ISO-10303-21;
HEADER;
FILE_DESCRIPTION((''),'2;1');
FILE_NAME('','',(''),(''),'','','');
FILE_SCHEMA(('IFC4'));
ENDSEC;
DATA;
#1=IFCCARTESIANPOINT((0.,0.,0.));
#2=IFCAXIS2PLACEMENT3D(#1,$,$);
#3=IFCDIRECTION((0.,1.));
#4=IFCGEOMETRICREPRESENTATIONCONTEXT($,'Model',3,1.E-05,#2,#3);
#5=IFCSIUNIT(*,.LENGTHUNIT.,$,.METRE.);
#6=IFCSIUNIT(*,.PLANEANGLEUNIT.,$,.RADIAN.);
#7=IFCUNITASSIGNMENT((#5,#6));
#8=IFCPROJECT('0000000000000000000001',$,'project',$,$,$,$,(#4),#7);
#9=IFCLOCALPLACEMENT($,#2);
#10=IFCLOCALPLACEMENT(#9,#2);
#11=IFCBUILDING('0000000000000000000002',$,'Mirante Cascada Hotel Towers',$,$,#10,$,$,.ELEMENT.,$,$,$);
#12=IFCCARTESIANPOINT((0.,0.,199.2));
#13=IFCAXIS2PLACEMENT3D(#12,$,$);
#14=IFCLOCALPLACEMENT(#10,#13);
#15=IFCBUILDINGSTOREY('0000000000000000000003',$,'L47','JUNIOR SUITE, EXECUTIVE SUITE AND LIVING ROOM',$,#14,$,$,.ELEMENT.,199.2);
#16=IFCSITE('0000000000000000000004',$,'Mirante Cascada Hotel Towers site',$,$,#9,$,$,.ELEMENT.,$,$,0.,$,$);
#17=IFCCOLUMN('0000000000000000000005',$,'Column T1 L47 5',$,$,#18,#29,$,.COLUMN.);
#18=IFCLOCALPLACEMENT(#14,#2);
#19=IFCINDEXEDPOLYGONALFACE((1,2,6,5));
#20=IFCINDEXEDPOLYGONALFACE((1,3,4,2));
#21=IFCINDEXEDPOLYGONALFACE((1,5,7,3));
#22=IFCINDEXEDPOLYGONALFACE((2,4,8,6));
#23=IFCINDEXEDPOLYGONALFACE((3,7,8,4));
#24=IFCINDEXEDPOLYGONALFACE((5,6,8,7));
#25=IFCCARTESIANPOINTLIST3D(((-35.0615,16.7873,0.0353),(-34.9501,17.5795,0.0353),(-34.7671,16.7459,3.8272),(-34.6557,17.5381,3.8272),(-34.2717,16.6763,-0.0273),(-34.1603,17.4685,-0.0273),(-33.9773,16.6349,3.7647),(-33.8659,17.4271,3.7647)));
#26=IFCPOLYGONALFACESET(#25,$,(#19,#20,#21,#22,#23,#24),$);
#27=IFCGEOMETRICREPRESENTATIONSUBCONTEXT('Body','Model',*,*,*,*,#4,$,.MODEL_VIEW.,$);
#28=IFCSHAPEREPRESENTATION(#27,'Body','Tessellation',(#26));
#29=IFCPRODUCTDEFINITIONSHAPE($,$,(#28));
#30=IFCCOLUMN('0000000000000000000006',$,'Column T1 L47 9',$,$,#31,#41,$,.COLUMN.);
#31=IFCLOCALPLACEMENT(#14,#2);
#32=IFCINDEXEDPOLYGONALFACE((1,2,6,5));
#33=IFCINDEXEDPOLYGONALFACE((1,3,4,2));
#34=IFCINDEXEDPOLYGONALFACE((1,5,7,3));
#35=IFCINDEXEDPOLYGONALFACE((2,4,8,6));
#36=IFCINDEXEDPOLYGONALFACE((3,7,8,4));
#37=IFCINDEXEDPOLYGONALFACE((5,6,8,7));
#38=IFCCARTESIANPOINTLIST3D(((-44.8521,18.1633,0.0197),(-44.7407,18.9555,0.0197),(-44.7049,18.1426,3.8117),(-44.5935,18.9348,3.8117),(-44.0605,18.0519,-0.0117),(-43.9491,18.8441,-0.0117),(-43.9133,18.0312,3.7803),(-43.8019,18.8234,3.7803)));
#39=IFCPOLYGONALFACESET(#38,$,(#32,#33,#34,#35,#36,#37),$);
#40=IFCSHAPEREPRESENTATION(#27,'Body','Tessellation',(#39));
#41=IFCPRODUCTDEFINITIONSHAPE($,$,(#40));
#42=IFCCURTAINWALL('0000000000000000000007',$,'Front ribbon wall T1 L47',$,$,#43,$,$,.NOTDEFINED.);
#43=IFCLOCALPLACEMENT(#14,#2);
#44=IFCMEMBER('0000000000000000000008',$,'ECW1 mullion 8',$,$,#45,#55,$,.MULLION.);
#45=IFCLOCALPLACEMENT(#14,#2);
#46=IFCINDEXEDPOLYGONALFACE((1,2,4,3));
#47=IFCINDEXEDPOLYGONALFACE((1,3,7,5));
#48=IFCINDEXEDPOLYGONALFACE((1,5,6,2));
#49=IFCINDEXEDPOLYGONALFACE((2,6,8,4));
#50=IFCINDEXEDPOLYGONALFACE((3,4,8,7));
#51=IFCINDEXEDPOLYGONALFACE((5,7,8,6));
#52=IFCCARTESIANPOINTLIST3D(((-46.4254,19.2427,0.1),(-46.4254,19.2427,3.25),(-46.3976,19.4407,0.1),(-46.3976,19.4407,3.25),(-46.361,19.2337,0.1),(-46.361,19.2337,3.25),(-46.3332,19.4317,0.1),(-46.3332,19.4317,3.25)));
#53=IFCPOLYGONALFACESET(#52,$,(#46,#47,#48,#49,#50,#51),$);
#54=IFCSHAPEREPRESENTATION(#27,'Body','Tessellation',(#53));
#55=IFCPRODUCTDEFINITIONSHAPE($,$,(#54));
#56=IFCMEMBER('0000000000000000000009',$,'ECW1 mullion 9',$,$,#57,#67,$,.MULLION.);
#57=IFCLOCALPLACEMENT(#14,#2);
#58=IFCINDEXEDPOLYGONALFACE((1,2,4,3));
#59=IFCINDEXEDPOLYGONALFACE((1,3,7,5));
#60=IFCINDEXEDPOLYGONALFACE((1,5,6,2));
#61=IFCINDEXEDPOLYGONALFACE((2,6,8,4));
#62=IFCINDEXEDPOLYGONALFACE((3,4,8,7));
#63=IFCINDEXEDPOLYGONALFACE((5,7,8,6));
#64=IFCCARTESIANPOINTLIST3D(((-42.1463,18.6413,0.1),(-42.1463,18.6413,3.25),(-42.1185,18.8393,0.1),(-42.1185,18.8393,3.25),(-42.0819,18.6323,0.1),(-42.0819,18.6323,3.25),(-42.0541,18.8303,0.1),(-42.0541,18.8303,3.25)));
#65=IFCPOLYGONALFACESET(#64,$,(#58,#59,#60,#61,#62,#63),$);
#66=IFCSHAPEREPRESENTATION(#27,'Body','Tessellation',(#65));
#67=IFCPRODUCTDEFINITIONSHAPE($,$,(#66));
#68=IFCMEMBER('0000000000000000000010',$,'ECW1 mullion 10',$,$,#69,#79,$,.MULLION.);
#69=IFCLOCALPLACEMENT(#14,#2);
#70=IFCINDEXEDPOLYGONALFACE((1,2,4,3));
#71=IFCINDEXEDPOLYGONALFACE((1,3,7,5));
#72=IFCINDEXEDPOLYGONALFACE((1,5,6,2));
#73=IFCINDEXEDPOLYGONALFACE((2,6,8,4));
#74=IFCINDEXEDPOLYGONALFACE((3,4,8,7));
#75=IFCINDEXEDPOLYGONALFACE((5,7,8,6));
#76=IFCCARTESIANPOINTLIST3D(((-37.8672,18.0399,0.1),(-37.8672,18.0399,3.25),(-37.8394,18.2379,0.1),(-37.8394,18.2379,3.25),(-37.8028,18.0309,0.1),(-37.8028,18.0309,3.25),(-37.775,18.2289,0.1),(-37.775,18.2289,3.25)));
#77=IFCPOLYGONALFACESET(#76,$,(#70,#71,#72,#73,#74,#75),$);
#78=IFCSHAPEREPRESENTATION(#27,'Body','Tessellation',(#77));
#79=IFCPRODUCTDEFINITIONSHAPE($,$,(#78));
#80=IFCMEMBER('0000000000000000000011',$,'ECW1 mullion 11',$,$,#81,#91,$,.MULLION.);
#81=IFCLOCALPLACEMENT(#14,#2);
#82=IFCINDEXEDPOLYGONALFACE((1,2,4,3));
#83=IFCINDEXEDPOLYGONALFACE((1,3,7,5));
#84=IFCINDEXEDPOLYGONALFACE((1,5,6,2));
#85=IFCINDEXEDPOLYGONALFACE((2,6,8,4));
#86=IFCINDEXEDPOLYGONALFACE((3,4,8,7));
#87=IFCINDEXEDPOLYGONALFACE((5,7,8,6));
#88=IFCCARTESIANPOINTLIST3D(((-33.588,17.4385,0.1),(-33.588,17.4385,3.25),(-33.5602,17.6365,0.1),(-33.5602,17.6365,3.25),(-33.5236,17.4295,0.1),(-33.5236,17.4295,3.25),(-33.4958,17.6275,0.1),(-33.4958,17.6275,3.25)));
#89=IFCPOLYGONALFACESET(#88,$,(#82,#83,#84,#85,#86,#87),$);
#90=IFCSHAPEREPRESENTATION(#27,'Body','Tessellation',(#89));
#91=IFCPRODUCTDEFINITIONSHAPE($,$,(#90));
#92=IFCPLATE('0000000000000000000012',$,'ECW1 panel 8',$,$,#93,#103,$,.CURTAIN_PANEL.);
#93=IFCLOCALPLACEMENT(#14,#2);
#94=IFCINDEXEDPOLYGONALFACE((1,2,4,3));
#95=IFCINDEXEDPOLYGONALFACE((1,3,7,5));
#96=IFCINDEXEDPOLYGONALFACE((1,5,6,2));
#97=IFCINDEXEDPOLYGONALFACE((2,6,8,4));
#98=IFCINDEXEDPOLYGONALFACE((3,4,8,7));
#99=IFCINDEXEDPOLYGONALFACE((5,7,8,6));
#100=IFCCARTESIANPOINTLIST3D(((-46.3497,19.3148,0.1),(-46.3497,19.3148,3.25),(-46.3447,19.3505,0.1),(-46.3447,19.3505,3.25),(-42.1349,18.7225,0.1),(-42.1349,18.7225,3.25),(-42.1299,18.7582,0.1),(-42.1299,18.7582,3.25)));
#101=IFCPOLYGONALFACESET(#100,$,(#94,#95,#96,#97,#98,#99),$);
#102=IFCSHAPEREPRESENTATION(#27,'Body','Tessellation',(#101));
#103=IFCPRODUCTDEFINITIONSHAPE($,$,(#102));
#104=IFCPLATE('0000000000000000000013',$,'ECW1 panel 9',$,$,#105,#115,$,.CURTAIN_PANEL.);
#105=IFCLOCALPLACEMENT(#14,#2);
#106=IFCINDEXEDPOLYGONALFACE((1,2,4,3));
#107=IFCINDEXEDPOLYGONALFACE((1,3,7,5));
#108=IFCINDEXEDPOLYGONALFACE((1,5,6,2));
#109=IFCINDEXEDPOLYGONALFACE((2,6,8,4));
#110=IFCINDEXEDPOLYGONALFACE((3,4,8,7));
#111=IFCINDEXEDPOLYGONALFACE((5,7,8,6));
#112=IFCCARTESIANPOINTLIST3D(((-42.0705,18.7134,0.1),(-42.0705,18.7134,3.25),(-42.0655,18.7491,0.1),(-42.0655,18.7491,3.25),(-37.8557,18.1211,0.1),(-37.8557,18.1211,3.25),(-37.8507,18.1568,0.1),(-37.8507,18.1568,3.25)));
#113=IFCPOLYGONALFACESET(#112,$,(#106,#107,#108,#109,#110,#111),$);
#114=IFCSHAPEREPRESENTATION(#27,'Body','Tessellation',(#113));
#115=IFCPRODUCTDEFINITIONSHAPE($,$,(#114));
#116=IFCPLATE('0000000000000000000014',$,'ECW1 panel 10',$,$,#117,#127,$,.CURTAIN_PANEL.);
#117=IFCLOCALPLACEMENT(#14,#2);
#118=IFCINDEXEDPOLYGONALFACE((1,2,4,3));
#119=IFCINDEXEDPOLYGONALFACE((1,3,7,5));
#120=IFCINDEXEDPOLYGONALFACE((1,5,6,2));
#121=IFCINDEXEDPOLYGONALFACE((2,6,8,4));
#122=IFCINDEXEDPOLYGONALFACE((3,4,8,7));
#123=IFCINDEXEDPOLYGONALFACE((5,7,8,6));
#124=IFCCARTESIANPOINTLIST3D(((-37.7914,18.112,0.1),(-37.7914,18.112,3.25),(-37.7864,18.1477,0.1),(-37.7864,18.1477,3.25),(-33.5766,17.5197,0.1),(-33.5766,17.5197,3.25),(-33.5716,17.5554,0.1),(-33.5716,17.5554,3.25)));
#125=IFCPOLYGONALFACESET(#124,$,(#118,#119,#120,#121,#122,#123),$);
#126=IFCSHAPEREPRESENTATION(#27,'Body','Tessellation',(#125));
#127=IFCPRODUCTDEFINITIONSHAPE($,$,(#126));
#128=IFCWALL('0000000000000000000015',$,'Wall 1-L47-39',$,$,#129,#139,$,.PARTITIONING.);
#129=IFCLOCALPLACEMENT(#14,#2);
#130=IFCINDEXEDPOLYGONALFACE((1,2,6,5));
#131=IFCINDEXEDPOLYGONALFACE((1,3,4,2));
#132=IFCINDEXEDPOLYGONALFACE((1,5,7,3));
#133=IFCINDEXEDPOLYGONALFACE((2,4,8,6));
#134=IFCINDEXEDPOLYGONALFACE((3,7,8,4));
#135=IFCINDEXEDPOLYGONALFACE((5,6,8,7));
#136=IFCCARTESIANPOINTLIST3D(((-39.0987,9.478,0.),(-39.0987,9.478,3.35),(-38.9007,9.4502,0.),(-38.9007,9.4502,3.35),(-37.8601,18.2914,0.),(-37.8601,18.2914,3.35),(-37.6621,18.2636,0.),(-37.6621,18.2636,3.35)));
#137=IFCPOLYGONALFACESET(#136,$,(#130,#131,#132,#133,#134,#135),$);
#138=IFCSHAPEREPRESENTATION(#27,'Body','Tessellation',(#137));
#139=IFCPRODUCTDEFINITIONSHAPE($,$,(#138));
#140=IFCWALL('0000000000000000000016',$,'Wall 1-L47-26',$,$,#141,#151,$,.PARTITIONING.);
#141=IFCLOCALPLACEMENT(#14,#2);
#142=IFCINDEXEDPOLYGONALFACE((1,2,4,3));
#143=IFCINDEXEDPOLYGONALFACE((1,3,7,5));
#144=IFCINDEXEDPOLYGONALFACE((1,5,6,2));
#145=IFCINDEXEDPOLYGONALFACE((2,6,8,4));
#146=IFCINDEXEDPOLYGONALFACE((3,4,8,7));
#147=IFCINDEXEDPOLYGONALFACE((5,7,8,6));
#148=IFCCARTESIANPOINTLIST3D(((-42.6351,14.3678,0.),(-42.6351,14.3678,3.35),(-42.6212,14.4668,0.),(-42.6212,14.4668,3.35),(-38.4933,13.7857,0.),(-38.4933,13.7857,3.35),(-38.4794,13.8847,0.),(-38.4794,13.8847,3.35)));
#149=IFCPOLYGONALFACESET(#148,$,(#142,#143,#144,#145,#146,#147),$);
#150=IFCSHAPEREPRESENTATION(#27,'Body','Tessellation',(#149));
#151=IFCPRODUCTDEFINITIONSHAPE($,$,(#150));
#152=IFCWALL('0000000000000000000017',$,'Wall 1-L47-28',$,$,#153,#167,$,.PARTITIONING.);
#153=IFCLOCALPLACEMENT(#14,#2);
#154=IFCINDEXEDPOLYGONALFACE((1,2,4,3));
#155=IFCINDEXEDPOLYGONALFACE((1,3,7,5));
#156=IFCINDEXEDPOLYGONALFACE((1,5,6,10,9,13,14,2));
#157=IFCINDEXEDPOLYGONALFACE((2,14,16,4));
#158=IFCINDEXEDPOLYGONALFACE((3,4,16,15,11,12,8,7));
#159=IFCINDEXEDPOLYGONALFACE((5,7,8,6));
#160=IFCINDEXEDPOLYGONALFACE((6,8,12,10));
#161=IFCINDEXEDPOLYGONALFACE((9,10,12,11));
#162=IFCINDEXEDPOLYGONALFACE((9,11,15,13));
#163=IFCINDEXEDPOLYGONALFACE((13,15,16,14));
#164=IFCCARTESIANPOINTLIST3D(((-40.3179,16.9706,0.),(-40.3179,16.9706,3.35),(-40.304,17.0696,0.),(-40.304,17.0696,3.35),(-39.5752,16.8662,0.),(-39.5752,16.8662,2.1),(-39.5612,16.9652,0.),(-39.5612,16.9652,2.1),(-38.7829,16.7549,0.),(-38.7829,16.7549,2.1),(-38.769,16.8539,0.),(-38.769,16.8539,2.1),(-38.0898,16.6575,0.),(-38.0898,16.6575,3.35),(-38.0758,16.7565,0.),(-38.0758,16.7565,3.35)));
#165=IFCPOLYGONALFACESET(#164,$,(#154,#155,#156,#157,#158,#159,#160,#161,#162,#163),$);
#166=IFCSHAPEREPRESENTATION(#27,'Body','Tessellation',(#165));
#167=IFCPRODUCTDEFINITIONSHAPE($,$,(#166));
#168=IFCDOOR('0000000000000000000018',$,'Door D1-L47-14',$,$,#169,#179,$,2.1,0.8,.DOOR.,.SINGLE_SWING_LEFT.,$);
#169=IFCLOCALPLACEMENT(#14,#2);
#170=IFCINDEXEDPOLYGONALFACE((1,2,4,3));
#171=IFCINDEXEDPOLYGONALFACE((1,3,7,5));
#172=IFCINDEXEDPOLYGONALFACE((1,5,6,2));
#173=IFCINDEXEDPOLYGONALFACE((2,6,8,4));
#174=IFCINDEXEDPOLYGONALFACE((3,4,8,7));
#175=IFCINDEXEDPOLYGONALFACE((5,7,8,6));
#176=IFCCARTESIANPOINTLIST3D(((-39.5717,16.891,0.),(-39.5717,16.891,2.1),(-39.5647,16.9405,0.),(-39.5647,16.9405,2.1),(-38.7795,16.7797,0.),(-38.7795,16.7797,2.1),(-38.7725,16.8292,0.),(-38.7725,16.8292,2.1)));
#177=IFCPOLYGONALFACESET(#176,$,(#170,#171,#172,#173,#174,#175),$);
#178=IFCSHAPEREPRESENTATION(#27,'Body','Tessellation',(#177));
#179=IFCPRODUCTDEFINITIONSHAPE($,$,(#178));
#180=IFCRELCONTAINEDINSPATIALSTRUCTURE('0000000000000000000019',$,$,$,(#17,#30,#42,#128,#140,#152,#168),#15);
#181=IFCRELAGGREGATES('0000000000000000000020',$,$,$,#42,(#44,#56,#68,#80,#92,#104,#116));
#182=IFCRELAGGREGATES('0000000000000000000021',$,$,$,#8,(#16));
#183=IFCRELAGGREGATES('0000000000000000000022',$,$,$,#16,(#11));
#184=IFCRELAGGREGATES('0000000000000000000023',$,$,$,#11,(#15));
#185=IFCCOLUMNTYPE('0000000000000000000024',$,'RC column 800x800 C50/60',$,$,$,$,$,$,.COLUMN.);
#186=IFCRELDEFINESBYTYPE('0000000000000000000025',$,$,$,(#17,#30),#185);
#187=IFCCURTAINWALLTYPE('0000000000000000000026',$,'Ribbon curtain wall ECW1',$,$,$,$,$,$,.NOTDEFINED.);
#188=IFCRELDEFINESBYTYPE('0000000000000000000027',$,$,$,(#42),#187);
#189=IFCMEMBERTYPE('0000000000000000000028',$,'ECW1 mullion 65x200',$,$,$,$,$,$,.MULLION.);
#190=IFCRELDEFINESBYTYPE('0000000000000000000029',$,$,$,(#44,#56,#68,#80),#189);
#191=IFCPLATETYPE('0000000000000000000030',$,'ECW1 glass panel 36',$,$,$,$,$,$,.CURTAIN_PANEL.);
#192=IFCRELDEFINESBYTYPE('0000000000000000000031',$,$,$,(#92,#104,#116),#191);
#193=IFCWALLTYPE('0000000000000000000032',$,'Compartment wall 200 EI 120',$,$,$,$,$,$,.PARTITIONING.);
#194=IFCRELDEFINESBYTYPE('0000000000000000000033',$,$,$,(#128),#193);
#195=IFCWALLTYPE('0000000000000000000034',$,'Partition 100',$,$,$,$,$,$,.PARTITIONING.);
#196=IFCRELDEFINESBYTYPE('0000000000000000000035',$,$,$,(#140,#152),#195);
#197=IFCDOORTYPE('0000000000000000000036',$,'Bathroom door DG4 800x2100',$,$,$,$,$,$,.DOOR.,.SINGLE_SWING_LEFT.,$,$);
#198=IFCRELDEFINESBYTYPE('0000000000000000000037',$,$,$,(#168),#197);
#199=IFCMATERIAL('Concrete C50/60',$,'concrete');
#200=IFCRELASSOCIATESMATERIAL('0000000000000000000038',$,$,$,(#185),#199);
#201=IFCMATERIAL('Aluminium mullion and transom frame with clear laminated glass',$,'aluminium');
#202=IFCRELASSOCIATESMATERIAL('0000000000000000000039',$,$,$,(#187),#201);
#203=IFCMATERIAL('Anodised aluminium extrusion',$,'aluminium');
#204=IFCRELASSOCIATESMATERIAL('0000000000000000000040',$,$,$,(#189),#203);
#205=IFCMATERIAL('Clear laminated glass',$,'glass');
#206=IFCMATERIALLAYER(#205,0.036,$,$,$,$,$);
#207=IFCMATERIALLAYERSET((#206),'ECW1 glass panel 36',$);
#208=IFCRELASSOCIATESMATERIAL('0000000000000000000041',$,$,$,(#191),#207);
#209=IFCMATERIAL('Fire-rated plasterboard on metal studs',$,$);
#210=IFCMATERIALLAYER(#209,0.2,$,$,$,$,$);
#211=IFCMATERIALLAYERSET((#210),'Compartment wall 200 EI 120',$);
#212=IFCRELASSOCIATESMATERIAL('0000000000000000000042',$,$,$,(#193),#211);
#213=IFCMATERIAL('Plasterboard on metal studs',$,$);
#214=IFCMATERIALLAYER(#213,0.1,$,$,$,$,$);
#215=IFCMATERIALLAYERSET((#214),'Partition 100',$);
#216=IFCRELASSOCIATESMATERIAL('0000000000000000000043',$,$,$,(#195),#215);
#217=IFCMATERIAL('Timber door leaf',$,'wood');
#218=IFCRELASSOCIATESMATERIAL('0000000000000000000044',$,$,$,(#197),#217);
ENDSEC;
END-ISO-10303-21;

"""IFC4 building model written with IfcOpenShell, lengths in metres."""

from ifc_helpers import new_model, si_unit, direction, frame, frame_2d, origin, origin_2d, place, context, subcontext, project, spatial, rectangle, extrude, material, layer, layer_set, material_profile, profile_set, type_object, element, fill, aggregate, save


model = new_model("IFC4")

# Units and contexts
model_context = context("Model", 3, precision=1e-05, world=origin(), true_north=direction((0.0, 1.0)))
body_context = subcontext(model_context, "Body", "Model", "MODEL_VIEW")
ifc_project = project(units=[si_unit("LENGTHUNIT", "METRE"), si_unit("PLANEANGLEUNIT", "RADIAN")], contexts=[model_context])

# Site, building, storey
site_placement = place(None, origin())
site = spatial("IfcSite", under=ifc_project, at=site_placement, Name="Mirante Cascada Hotel Towers site", CompositionType="ELEMENT", RefElevation=0.0)
building_placement = place(site_placement, origin())
building = spatial("IfcBuilding", under=site, at=building_placement, Name="Mirante Cascada Hotel Towers", CompositionType="ELEMENT")
storey_placement = place(building_placement, frame((0.0, 0.0, 199.2)))
storey = spatial("IfcBuildingStorey", under=building, at=storey_placement, Name="L47", Description="JUNIOR SUITE, EXECUTIVE SUITE AND LIVING ROOM", CompositionType="ELEMENT", Elevation=199.2)

# Columns
ifc_material_1 = material(Name="Concrete C50/60", Category="concrete")
ifc_material_profile_1 = material_profile(ifc_material_1, rectangle(XDim=0.8, YDim=0.8, at=origin_2d()), Name="RC column 800x800 C50/60")
ifc_profile_set_1 = profile_set([ifc_material_profile_1], Name="Concrete C50/60")
column_type = type_object("IfcColumnType", Name="RC column 800x800 C50/60", PredefinedType="COLUMN", material=ifc_profile_set_1)
column_1_placement = place(storey_placement, frame((-34.6109, 17.1279, 0.004), z_axis=(0.0774, -0.010884, 0.996941), x_axis=(0.139255, 0.990257, 0.0)))
element("IfcColumn", 1, at=column_1_placement, inside=storey, type_object=column_type, Name="Column T1 L47 5", PredefinedType="COLUMN", context=body_context, shape_type="SweptSolid", body=[
    extrude(rectangle(XDim=0.8, YDim=0.8, at=origin_2d()), origin(), (0.0, 0.0, 1.0), 3.8036),
])
column_2_placement = place(storey_placement, frame((-44.4006, 18.5037, 0.004), z_axis=(0.038789, -0.005455, 0.999232), x_axis=(0.139255, 0.990257, 0.0)))
element("IfcColumn", 2, at=column_2_placement, inside=storey, type_object=column_type, Name="Column T1 L47 9", PredefinedType="COLUMN", context=body_context, shape_type="SweptSolid", body=[
    extrude(rectangle(XDim=0.8, YDim=0.8, at=origin_2d()), origin(), (0.0, 0.0, 1.0), 3.7949),
])

# Curtain wall, members, plates
ifc_material_2 = material(Name="Aluminium mullion and transom frame with clear laminated glass", Category="aluminium")
curtain_wall_type = type_object("IfcCurtainWallType", Name="Ribbon curtain wall ECW1", PredefinedType="NOTDEFINED", material=ifc_material_2)
curtain_wall_placement = place(storey_placement, origin())
curtain_wall = element("IfcCurtainWall", 3, at=curtain_wall_placement, inside=storey, type_object=curtain_wall_type, Name="Front ribbon wall T1 L47", PredefinedType="NOTDEFINED")
ifc_material_3 = material(Name="Anodised aluminium extrusion", Category="aluminium")
ifc_material_profile_2 = material_profile(ifc_material_3, rectangle(XDim=0.2, YDim=0.065, at=origin_2d()), Name="ECW1 MULLION 65x200")
ifc_profile_set_2 = profile_set([ifc_material_profile_2], Name="Anodised aluminium extrusion")
member_type = type_object("IfcMemberType", Name="ECW1 mullion 65x200", PredefinedType="MULLION", material=ifc_profile_set_2)
member_1_placement = place(storey_placement, frame((-46.3793, 19.3372, 0.1), z_axis=(0.0, 0.0, 1.0), x_axis=(0.139173, 0.990268, 0.0)))
member_1 = element("IfcMember", 4, at=member_1_placement, type_object=member_type, Name="ECW1 mullion 8", PredefinedType="MULLION", context=body_context, shape_type="SweptSolid", body=[
    extrude(rectangle(XDim=0.2, YDim=0.065, at=origin_2d()), origin(), (0.0, 0.0, 1.0), 3.15),
])
member_2_placement = place(storey_placement, frame((-42.1002, 18.7358, 0.1), z_axis=(0.0, 0.0, 1.0), x_axis=(0.139173, 0.990268, 0.0)))
member_2 = element("IfcMember", 5, at=member_2_placement, type_object=member_type, Name="ECW1 mullion 9", PredefinedType="MULLION", context=body_context, shape_type="SweptSolid", body=[
    extrude(rectangle(XDim=0.2, YDim=0.065, at=origin_2d()), origin(), (0.0, 0.0, 1.0), 3.15),
])
member_3_placement = place(storey_placement, frame((-37.8211, 18.1344, 0.1), z_axis=(0.0, 0.0, 1.0), x_axis=(0.139173, 0.990268, 0.0)))
member_3 = element("IfcMember", 6, at=member_3_placement, type_object=member_type, Name="ECW1 mullion 10", PredefinedType="MULLION", context=body_context, shape_type="SweptSolid", body=[
    extrude(rectangle(XDim=0.2, YDim=0.065, at=origin_2d()), origin(), (0.0, 0.0, 1.0), 3.15),
])
member_4_placement = place(storey_placement, frame((-33.5419, 17.533, 0.1), z_axis=(0.0, 0.0, 1.0), x_axis=(0.139173, 0.990268, 0.0)))
member_4 = element("IfcMember", 7, at=member_4_placement, type_object=member_type, Name="ECW1 mullion 11", PredefinedType="MULLION", context=body_context, shape_type="SweptSolid", body=[
    extrude(rectangle(XDim=0.2, YDim=0.065, at=origin_2d()), origin(), (0.0, 0.0, 1.0), 3.15),
])
ifc_material_4 = material(Name="Clear laminated glass", Category="glass")
ifc_layer_1 = layer(ifc_material_4, 0.036)
ifc_layer_set_1 = layer_set([ifc_layer_1], Name="ECW1 glass panel 36")
plate_type = type_object("IfcPlateType", Name="ECW1 glass panel 36", PredefinedType="CURTAIN_PANEL", material=ifc_layer_set_1)
plate_1_placement = place(storey_placement, frame((-44.2398, 19.0365, 0.1), z_axis=(0.0, 0.0, 1.0), x_axis=(0.990268, -0.139173, 0.0)))
plate_1 = element("IfcPlate", 8, at=plate_1_placement, type_object=plate_type, Name="ECW1 panel 8", PredefinedType="CURTAIN_PANEL", context=body_context, shape_type="SweptSolid", body=[
    extrude(rectangle(XDim=4.2562, YDim=0.036, at=origin_2d()), origin(), (0.0, 0.0, 1.0), 3.15),
])
plate_2_placement = place(storey_placement, frame((-39.9606, 18.4351, 0.1), z_axis=(0.0, 0.0, 1.0), x_axis=(0.990268, -0.139173, 0.0)))
plate_2 = element("IfcPlate", 9, at=plate_2_placement, type_object=plate_type, Name="ECW1 panel 9", PredefinedType="CURTAIN_PANEL", context=body_context, shape_type="SweptSolid", body=[
    extrude(rectangle(XDim=4.2562, YDim=0.036, at=origin_2d()), origin(), (0.0, 0.0, 1.0), 3.15),
])
plate_3_placement = place(storey_placement, frame((-35.6815, 17.8337, 0.1), z_axis=(0.0, 0.0, 1.0), x_axis=(0.990268, -0.139173, 0.0)))
plate_3 = element("IfcPlate", 10, at=plate_3_placement, type_object=plate_type, Name="ECW1 panel 10", PredefinedType="CURTAIN_PANEL", context=body_context, shape_type="SweptSolid", body=[
    extrude(rectangle(XDim=4.2562, YDim=0.036, at=origin_2d()), origin(), (0.0, 0.0, 1.0), 3.15),
])
aggregate(curtain_wall, [member_1, member_2, member_3, member_4, plate_1, plate_2, plate_3])

# Walls
ifc_material_5 = material(Name="Fire-rated plasterboard on metal studs")
ifc_layer_2 = layer(ifc_material_5, 0.2)
ifc_layer_set_2 = layer_set([ifc_layer_2], Name="Compartment wall 200 EI 120")
wall_type_1 = type_object("IfcWallType", Name="Compartment wall 200 EI 120", PredefinedType="PARTITIONING", material=ifc_layer_set_2)
wall_1_placement = place(storey_placement, frame((-37.7611, 18.2775, 0.0), z_axis=(0.0, 0.0, 1.0), x_axis=(-0.139168, -0.990269, 0.0)))
element("IfcWall", 11, at=wall_1_placement, inside=storey, type_object=wall_type_1, Name="Wall 1-L47-39", PredefinedType="PARTITIONING", context=body_context, shape_type="SweptSolid", body=[
    extrude(rectangle(XDim=8.9, YDim=0.2, at=frame_2d((4.45, 0.0))), origin(), (0.0, 0.0, 1.0), 3.35),
])
ifc_material_6 = material(Name="Plasterboard on metal studs")
ifc_layer_3 = layer(ifc_material_6, 0.1)
ifc_layer_set_3 = layer_set([ifc_layer_3], Name="Partition 100")
wall_type_2 = type_object("IfcWallType", Name="Partition 100", PredefinedType="PARTITIONING", material=ifc_layer_set_3)
wall_2_placement = place(storey_placement, frame((-38.4864, 13.8352, 0.0), z_axis=(0.0, 0.0, 1.0), x_axis=(-0.990268, 0.139175, 0.0)))
element("IfcWall", 12, at=wall_2_placement, inside=storey, type_object=wall_type_2, Name="Wall 1-L47-26", PredefinedType="PARTITIONING", context=body_context, shape_type="SweptSolid", body=[
    extrude(rectangle(XDim=4.1825, YDim=0.1, at=frame_2d((2.0912, 0.0))), origin(), (0.0, 0.0, 1.0), 3.35),
])

# Wall, opening, door
wall_3_placement = place(storey_placement, frame((-38.0828, 16.707, 0.0), z_axis=(0.0, 0.0, 1.0), x_axis=(-0.990271, 0.139156, 0.0)))
wall_3 = element("IfcWall", 13, at=wall_3_placement, inside=storey, type_object=wall_type_2, Name="Wall 1-L47-28", PredefinedType="PARTITIONING", context=body_context, shape_type="SweptSolid", body=[
    extrude(rectangle(XDim=2.25, YDim=0.1, at=frame_2d((1.125, 0.0))), origin(), (0.0, 0.0, 1.0), 3.35),
])
opening_placement = place(wall_3_placement, frame((0.7, 0.0, 0.0)))
opening = element("IfcOpeningElement", 14, at=opening_placement, cuts=wall_3, PredefinedType="OPENING", context=body_context, shape_type="SweptSolid", body=[
    extrude(rectangle(XDim=0.8, YDim=2.1, at=frame_2d((0.4, 1.05))), frame((0.0, 0.05, 0.0), z_axis=(0.0, -1.0, 0.0), x_axis=(1.0, 0.0, 0.0)), (0.0, 0.0, 1.0), 0.1),
])
ifc_material_7 = material(Name="Timber door leaf", Category="wood")
door_type = type_object("IfcDoorType", Name="Bathroom door DG4 800x2100", OperationType="SINGLE_SWING_LEFT", PredefinedType="DOOR", material=ifc_material_7)
door_placement = place(opening_placement, origin())
door = element("IfcDoor", 15, at=door_placement, inside=storey, type_object=door_type, Name="Door D1-L47-14", OperationType="SINGLE_SWING_LEFT", OverallHeight=2.1, OverallWidth=0.8, PredefinedType="DOOR", context=body_context, shape_type="SweptSolid", body=[
    extrude(rectangle(XDim=0.8, YDim=2.1, at=frame_2d((0.4, 1.05))), frame((0.0, 0.025, 0.0), z_axis=(0.0, -1.0, 0.0), x_axis=(1.0, 0.0, 0.0)), (0.0, 0.0, 1.0), 0.05),
])
fill(opening, door)

save(model, "model.ifc")
